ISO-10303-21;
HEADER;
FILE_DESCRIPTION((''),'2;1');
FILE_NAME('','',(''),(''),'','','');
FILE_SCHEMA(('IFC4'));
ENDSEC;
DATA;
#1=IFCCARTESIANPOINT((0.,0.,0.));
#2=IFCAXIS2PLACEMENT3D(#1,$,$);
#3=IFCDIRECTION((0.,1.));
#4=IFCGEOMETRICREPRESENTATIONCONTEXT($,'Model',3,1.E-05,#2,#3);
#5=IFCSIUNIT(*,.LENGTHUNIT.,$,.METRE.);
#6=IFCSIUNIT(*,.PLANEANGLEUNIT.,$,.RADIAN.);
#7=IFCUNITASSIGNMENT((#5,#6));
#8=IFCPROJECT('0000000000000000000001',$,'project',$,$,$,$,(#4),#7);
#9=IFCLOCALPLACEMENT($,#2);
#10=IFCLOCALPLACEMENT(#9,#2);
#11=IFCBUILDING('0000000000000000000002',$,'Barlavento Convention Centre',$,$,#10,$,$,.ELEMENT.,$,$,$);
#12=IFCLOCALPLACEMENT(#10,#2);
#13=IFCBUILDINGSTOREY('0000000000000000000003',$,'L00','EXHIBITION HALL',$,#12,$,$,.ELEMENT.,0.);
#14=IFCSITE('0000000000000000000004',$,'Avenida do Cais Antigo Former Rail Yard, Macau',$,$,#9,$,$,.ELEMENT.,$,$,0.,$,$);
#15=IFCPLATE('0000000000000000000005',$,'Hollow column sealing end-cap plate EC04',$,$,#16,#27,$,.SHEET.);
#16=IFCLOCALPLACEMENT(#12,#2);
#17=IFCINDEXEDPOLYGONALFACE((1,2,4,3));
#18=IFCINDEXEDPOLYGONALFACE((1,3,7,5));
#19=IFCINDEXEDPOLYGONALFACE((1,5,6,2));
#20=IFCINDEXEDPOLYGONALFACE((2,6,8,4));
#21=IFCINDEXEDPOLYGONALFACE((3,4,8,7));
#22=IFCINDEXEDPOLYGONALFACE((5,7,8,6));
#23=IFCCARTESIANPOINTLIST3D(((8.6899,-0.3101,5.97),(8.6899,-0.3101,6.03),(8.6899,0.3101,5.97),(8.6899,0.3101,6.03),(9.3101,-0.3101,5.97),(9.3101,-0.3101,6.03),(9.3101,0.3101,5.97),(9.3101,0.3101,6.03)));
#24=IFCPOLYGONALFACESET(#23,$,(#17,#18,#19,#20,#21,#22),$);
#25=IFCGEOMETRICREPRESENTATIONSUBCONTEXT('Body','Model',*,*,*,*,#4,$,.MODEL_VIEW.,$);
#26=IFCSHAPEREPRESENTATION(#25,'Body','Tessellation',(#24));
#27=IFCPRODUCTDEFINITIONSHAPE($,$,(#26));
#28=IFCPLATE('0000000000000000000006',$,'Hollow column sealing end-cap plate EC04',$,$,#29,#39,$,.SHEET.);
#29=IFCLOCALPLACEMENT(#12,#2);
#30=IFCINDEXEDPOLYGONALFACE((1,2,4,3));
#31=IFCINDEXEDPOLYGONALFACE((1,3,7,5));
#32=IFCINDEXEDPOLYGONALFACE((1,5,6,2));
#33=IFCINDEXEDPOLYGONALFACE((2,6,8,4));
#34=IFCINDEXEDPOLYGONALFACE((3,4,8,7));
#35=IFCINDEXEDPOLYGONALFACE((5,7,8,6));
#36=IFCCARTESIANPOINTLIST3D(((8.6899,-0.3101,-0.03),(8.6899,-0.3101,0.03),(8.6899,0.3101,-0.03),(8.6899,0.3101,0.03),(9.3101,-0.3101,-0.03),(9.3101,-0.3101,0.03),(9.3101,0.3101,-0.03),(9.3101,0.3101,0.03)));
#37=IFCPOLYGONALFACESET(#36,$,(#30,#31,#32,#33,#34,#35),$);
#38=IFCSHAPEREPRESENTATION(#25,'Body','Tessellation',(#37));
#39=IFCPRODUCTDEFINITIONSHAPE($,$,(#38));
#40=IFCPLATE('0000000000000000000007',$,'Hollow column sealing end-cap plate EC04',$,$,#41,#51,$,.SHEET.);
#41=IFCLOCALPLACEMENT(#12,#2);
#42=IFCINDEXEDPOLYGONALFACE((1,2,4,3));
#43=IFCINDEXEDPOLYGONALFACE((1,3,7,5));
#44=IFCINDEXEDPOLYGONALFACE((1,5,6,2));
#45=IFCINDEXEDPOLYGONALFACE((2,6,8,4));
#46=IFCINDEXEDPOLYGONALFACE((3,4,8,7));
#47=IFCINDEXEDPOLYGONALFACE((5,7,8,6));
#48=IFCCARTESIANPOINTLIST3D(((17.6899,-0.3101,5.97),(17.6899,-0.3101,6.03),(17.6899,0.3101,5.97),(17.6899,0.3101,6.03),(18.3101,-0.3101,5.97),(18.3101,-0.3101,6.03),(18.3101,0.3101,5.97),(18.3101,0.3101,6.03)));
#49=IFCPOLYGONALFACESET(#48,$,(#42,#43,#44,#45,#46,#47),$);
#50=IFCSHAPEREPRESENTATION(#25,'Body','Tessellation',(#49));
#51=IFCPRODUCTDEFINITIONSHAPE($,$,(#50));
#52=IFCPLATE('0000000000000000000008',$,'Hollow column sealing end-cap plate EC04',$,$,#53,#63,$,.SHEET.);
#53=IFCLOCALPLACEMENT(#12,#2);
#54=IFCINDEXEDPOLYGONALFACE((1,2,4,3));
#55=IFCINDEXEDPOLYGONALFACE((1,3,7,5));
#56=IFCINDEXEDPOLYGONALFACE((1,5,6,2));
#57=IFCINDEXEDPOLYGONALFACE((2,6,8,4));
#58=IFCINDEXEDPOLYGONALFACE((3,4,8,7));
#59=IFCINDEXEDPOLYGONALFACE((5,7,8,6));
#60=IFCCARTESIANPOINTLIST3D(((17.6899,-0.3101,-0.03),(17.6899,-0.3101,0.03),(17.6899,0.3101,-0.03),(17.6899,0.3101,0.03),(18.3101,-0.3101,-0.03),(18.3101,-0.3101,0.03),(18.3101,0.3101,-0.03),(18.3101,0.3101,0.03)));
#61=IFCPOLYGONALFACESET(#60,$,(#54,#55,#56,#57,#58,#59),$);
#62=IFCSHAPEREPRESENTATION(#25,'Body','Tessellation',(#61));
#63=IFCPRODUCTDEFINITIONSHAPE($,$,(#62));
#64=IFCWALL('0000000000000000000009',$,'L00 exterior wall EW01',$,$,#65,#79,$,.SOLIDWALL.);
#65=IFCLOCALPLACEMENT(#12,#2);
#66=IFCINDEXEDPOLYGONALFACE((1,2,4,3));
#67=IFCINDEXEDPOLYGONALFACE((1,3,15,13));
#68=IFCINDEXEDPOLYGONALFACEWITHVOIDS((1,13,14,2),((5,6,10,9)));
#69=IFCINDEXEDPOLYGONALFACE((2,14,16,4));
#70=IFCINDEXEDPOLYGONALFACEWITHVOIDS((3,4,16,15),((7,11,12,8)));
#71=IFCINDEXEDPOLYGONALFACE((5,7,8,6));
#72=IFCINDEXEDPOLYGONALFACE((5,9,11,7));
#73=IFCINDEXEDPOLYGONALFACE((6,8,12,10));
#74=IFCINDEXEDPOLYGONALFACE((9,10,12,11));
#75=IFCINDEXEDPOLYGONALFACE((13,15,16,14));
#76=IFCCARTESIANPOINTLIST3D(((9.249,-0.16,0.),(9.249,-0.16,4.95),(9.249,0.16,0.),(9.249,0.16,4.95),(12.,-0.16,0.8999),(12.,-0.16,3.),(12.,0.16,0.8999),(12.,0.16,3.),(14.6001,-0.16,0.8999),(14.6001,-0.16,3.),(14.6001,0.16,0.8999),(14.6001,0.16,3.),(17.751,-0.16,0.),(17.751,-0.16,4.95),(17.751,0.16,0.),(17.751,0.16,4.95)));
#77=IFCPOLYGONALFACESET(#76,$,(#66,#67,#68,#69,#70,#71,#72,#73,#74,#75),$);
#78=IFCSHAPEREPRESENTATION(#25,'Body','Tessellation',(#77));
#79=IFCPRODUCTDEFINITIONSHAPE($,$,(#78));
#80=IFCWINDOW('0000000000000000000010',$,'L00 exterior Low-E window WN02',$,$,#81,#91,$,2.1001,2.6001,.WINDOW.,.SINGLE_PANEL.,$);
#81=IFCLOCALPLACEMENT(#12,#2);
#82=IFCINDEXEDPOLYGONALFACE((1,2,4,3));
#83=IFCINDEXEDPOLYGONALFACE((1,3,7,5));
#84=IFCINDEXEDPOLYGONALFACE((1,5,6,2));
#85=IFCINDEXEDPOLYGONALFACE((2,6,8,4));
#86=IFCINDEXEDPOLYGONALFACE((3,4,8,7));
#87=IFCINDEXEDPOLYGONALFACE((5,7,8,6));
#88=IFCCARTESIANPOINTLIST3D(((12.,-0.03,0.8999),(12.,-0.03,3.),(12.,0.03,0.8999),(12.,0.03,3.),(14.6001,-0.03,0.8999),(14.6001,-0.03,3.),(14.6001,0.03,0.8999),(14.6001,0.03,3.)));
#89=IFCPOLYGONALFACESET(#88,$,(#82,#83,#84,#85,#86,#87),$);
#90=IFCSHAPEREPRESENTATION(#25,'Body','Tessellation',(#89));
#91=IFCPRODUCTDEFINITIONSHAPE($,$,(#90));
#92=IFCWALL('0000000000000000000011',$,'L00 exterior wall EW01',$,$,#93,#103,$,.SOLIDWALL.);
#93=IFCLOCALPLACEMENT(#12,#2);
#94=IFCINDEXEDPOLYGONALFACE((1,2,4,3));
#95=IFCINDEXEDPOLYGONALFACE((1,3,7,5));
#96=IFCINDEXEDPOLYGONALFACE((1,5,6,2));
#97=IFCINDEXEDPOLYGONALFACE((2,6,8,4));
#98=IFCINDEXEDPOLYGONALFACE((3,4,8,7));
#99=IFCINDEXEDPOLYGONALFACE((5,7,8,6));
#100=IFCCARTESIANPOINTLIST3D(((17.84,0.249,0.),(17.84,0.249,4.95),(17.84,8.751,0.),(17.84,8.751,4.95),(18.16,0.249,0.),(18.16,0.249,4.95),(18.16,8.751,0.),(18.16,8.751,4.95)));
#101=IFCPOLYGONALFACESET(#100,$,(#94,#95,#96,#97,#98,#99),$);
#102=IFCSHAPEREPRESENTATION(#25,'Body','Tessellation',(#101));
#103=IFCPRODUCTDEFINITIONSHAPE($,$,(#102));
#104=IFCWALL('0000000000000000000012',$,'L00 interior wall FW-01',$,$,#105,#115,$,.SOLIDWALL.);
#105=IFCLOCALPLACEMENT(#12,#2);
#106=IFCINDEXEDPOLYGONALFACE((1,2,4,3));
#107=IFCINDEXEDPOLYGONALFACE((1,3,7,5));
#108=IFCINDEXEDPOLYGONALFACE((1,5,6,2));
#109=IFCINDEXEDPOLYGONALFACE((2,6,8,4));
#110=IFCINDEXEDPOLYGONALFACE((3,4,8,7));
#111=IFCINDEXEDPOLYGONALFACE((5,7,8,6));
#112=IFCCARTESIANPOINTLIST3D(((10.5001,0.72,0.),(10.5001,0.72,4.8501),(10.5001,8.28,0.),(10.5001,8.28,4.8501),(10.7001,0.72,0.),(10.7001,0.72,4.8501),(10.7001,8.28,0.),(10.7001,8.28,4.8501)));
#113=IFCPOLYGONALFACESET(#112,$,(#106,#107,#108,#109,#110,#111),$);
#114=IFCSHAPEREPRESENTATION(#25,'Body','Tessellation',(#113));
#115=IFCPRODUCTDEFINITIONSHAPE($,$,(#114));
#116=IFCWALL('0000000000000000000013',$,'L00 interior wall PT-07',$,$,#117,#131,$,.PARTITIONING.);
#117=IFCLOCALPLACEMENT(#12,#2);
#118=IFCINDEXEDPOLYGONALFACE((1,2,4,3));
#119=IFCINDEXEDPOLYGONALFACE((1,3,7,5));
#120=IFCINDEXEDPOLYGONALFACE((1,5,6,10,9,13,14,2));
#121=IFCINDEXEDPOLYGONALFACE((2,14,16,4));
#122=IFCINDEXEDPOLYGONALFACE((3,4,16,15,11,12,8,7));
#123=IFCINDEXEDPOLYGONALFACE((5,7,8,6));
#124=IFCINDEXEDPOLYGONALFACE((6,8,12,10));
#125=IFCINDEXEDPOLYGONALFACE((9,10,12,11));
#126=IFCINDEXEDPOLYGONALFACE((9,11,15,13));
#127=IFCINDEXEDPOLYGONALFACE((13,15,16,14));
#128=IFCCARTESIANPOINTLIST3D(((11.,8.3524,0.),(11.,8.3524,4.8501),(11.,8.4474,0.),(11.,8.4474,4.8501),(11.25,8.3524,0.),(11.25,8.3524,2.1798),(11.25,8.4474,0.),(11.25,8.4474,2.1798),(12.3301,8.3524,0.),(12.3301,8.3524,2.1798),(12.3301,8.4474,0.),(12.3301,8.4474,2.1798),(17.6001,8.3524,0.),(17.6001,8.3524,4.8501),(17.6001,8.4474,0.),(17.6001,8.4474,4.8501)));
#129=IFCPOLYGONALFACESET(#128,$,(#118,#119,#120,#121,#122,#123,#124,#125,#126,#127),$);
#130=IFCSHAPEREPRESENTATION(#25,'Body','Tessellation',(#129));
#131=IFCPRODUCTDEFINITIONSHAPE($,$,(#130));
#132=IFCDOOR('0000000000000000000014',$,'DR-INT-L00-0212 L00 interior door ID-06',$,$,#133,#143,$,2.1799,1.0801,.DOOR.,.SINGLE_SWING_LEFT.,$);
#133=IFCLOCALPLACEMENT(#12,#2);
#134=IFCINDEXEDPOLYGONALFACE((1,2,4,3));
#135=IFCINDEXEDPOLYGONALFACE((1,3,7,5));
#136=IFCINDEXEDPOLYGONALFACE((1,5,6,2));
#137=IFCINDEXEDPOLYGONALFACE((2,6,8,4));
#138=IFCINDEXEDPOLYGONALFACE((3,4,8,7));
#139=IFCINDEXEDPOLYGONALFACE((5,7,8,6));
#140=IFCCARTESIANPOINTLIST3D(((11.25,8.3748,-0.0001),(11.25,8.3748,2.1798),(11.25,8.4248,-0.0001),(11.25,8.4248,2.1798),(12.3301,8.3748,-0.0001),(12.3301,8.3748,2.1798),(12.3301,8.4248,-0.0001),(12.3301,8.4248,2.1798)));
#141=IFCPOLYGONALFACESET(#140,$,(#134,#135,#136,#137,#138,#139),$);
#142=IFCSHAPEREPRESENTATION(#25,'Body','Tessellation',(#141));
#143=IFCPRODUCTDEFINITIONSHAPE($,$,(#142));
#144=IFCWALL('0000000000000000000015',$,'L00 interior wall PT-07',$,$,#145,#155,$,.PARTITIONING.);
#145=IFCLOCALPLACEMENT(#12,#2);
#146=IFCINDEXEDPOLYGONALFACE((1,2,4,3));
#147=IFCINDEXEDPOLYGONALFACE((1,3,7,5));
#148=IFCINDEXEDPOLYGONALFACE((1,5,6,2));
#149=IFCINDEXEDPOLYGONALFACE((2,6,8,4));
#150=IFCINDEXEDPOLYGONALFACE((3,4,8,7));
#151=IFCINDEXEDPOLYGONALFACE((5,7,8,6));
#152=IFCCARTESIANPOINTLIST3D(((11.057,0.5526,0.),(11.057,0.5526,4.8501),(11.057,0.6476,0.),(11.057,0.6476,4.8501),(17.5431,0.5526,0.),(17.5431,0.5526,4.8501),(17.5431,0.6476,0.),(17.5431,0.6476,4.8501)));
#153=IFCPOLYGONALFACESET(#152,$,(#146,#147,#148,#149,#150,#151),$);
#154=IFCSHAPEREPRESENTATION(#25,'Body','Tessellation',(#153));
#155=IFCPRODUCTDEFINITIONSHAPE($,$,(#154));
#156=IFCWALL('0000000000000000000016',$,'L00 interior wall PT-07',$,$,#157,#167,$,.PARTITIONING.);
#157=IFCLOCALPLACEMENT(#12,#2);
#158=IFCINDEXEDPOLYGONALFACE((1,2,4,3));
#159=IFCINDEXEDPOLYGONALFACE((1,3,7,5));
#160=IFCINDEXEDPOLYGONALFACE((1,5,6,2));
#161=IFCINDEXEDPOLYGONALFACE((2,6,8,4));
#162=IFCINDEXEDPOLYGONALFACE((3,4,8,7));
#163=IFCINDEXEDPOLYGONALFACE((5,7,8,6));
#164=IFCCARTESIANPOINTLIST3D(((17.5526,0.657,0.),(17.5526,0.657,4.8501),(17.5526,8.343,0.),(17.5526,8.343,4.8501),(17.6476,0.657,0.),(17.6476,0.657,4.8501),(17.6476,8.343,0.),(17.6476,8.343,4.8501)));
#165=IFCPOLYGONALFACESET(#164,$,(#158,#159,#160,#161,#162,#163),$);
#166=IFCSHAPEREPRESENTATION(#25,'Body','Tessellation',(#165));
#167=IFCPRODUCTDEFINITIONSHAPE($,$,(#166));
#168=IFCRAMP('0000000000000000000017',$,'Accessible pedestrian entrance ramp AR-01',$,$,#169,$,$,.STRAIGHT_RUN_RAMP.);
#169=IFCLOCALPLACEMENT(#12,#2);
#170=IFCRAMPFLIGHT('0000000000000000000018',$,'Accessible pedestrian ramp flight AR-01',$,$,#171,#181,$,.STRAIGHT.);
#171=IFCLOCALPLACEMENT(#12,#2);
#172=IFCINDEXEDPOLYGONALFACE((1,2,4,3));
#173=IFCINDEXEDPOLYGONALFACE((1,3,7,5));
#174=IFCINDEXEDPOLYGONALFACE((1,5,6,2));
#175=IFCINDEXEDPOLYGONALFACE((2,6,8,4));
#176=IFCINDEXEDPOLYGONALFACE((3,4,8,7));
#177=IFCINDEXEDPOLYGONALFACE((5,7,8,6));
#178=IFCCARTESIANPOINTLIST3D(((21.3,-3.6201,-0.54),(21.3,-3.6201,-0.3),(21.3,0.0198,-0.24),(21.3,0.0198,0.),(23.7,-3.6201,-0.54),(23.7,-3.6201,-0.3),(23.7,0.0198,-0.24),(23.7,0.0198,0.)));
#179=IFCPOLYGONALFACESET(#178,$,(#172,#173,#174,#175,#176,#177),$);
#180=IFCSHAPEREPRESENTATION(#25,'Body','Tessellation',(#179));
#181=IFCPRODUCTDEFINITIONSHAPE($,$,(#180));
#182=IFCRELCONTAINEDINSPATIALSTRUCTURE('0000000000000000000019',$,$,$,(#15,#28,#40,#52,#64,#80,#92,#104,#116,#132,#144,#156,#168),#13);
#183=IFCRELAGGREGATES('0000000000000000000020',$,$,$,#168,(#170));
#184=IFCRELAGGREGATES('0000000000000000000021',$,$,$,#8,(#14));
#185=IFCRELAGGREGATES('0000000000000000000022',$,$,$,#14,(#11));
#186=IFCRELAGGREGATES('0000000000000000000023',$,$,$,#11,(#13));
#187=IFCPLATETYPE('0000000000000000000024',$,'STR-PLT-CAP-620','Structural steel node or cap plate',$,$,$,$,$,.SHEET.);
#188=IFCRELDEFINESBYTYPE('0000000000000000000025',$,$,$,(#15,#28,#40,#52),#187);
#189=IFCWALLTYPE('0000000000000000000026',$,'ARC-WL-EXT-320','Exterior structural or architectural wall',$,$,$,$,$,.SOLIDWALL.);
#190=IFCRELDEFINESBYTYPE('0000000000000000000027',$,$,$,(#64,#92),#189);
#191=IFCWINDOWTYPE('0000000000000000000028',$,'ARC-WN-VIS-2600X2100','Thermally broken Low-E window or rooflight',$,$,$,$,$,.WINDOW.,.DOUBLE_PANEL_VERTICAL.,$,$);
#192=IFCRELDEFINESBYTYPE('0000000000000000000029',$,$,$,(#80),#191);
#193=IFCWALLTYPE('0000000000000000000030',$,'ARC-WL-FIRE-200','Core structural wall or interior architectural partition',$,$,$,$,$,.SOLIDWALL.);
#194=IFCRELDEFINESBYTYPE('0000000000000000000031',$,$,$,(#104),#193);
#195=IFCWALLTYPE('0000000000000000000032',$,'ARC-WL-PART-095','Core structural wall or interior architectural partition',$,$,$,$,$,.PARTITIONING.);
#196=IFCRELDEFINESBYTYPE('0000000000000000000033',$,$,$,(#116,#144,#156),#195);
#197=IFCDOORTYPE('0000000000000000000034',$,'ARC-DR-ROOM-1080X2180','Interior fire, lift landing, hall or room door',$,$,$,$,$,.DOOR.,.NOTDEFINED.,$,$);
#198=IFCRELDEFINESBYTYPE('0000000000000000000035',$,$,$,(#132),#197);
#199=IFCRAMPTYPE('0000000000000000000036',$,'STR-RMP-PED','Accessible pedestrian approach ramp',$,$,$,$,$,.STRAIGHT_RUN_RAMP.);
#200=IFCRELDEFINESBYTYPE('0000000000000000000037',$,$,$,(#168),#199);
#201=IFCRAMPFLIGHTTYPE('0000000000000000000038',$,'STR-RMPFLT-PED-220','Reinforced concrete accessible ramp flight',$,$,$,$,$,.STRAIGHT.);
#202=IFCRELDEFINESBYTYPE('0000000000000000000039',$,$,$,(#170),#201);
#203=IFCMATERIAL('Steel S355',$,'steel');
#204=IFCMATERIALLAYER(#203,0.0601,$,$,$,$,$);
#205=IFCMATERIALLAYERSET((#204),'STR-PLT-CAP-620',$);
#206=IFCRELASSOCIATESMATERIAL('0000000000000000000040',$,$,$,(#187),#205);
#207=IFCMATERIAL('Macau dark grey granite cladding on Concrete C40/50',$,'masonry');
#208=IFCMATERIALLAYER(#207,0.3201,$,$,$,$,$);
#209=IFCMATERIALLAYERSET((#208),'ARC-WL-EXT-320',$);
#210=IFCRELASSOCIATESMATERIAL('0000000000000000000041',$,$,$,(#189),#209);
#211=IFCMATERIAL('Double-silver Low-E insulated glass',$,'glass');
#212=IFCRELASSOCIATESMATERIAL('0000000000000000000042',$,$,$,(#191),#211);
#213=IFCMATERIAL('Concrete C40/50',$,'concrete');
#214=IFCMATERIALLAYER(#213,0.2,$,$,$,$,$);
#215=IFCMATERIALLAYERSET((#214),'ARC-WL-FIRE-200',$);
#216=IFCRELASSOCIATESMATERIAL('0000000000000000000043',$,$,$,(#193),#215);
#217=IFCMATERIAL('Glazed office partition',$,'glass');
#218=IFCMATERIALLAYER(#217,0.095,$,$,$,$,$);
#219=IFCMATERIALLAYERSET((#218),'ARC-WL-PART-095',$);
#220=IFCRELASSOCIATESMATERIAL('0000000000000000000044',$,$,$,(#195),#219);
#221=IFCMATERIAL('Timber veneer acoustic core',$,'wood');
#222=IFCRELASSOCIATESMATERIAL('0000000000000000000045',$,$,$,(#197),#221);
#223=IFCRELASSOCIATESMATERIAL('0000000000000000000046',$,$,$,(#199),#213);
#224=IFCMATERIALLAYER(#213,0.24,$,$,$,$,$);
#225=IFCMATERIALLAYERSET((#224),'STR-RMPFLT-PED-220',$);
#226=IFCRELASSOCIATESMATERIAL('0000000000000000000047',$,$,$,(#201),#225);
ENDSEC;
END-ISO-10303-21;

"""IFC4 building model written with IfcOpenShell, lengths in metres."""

from ifc_helpers import new_model, si_unit, direction, frame, frame_2d, origin, origin_2d, place, context, subcontext, project, spatial, polyline, rectangle, outline, extrude, material, layer, layer_set, type_object, element, fill, aggregate, save


model = new_model("IFC4")

# Units and contexts
model_context = context("Model", 3, precision=1e-05, world=origin(), true_north=direction((0.0, 1.0)))
body_context = subcontext(model_context, "Body", "Model", "MODEL_VIEW")
ifc_project = project(units=[si_unit("LENGTHUNIT", "METRE"), si_unit("PLANEANGLEUNIT", "RADIAN")], contexts=[model_context])

# Site, building, storey
site_placement = place(None, origin())
site = spatial("IfcSite", under=ifc_project, at=site_placement, Name="Avenida do Cais Antigo Former Rail Yard, Macau", CompositionType="ELEMENT", RefElevation=0.0)
building_placement = place(site_placement, origin())
building = spatial("IfcBuilding", under=site, at=building_placement, Name="Barlavento Convention Centre", CompositionType="ELEMENT")
storey_placement = place(building_placement, origin())
storey = spatial("IfcBuildingStorey", under=building, at=storey_placement, Name="L00", Description="EXHIBITION HALL", CompositionType="ELEMENT", Elevation=0.0)

# Shared definitions
ifc_material_1 = material(Name="Steel S355", Category="steel")

# Plates
ifc_layer_1 = layer(ifc_material_1, 0.0601)
ifc_layer_set_1 = layer_set([ifc_layer_1], Name="STR-PLT-CAP-620")
plate_type = type_object("IfcPlateType", Name="STR-PLT-CAP-620", Description="Structural steel node or cap plate", PredefinedType="SHEET", material=ifc_layer_set_1)
for number, where, z_axis, x_axis, name in (
    (1, (9.0, 0.0, 5.97), (0.0, 0.0, 1.0), (1.0, 0.0, 0.0), "Hollow column sealing end-cap plate EC04"),
    (2, (9.0, 0.0, -0.03), (0.0, 0.0, 1.0), (1.0, 0.0, 0.0), "Hollow column sealing end-cap plate EC04"),
    (3, (18.0, 0.0, 5.97), (0.0, 0.0, 1.0), (1.0, 0.0, 0.0), "Hollow column sealing end-cap plate EC04"),
    (4, (18.0, 0.0, -0.03), (0.0, 0.0, 1.0), (1.0, 0.0, 0.0), "Hollow column sealing end-cap plate EC04"),
):
    element("IfcPlate", number, at=place(storey_placement, frame(where, z_axis=z_axis, x_axis=x_axis)), inside=storey, type_object=plate_type, Name=name, PredefinedType="SHEET", context=body_context, shape_type="SweptSolid", body=[
        extrude(rectangle(XDim=0.6201, YDim=0.6201, at=origin_2d()), origin(), (0.0, 0.0, 1.0), 0.0601),
    ])

# Wall, opening, window
ifc_material_2 = material(Name="Macau dark grey granite cladding on Concrete C40/50", Category="masonry")
ifc_layer_2 = layer(ifc_material_2, 0.3201)
ifc_layer_set_2 = layer_set([ifc_layer_2], Name="ARC-WL-EXT-320")
wall_type_1 = type_object("IfcWallType", Name="ARC-WL-EXT-320", Description="Exterior structural or architectural wall", PredefinedType="SOLIDWALL", material=ifc_layer_set_2)
wall_1_placement = place(storey_placement, frame((9.249, 0.0, 0.0), z_axis=(0.0, 0.0, 1.0), x_axis=(1.0, 0.0, 0.0)))
wall_1 = element("IfcWall", 5, at=wall_1_placement, inside=storey, type_object=wall_type_1, Name="L00 exterior wall EW01", PredefinedType="SOLIDWALL", context=body_context, shape_type="SweptSolid", body=[
    extrude(rectangle(XDim=8.502, YDim=0.3201, at=frame_2d((4.251, 0.0))), origin(), (0.0, 0.0, 1.0), 4.95),
])
opening_1_placement = place(wall_1_placement, frame((2.751, 0.0, 0.8999)))
opening_1 = element("IfcOpeningElement", 6, at=opening_1_placement, cuts=wall_1, PredefinedType="OPENING", context=body_context, shape_type="SweptSolid", body=[
    extrude(rectangle(XDim=2.6001, YDim=2.1001, at=frame_2d((1.3, 1.05))), frame((0.0, 0.1699, 0.0), z_axis=(0.0, -1.0, 0.0), x_axis=(1.0, 0.0, 0.0)), (0.0, 0.0, 1.0), 0.3401),
])
ifc_material_3 = material(Name="Double-silver Low-E insulated glass", Category="glass")
window_type = type_object("IfcWindowType", Name="ARC-WN-VIS-2600X2100", Description="Thermally broken Low-E window or rooflight", PartitioningType="DOUBLE_PANEL_VERTICAL", PredefinedType="WINDOW", material=ifc_material_3)
window_placement = place(opening_1_placement, origin())
window = element("IfcWindow", 7, at=window_placement, inside=storey, type_object=window_type, Name="L00 exterior Low-E window WN02", OverallHeight=2.1001, OverallWidth=2.6001, PartitioningType="SINGLE_PANEL", PredefinedType="WINDOW", context=body_context, shape_type="SweptSolid", body=[
    extrude(rectangle(XDim=2.6001, YDim=2.1001, at=frame_2d((1.3, 1.05))), frame((0.0, 0.03, 0.0), z_axis=(0.0, -1.0, 0.0), x_axis=(1.0, 0.0, 0.0)), (0.0, 0.0, 1.0), 0.0601),
])
fill(opening_1, window)

# Walls
wall_2_placement = place(storey_placement, frame((18.0, 0.249, 0.0), z_axis=(0.0, 0.0, 1.0), x_axis=(0.0, 1.0, 0.0)))
element("IfcWall", 8, at=wall_2_placement, inside=storey, type_object=wall_type_1, Name="L00 exterior wall EW01", PredefinedType="SOLIDWALL", context=body_context, shape_type="SweptSolid", body=[
    extrude(rectangle(XDim=8.502, YDim=0.3201, at=frame_2d((4.251, 0.0))), origin(), (0.0, 0.0, 1.0), 4.95),
])
ifc_material_4 = material(Name="Concrete C40/50", Category="concrete")
ifc_layer_3 = layer(ifc_material_4, 0.2)
ifc_layer_set_3 = layer_set([ifc_layer_3], Name="ARC-WL-FIRE-200")
wall_type_2 = type_object("IfcWallType", Name="ARC-WL-FIRE-200", Description="Core structural wall or interior architectural partition", PredefinedType="SOLIDWALL", material=ifc_layer_set_3)
wall_3_placement = place(storey_placement, frame((10.6001, 0.72, 0.0), z_axis=(0.0, 0.0, 1.0), x_axis=(0.0, 1.0, 0.0)))
element("IfcWall", 9, at=wall_3_placement, inside=storey, type_object=wall_type_2, Name="L00 interior wall FW-01", PredefinedType="SOLIDWALL", context=body_context, shape_type="SweptSolid", body=[
    extrude(rectangle(XDim=7.5601, YDim=0.2, at=frame_2d((3.78, 0.0))), origin(), (0.0, 0.0, 1.0), 4.8501),
])

# Wall, opening, door
ifc_material_5 = material(Name="Glazed office partition", Category="glass")
ifc_layer_4 = layer(ifc_material_5, 0.095)
ifc_layer_set_4 = layer_set([ifc_layer_4], Name="ARC-WL-PART-095")
wall_type_3 = type_object("IfcWallType", Name="ARC-WL-PART-095", Description="Core structural wall or interior architectural partition", PredefinedType="PARTITIONING", material=ifc_layer_set_4)
wall_4_placement = place(storey_placement, frame((11.0, 8.3999, 0.0), z_axis=(0.0, 0.0, 1.0), x_axis=(1.0, 0.0, 0.0)))
wall_4 = element("IfcWall", 10, at=wall_4_placement, inside=storey, type_object=wall_type_3, Name="L00 interior wall PT-07", PredefinedType="PARTITIONING", context=body_context, shape_type="SweptSolid", body=[
    extrude(rectangle(XDim=6.6001, YDim=0.095, at=frame_2d((3.3, 0.0))), origin(), (0.0, 0.0, 1.0), 4.8501),
])
opening_2_placement = place(wall_4_placement, frame((0.25, 0.0, 0.0)))
opening_2 = element("IfcOpeningElement", 11, at=opening_2_placement, cuts=wall_4, PredefinedType="OPENING", context=body_context, shape_type="SweptSolid", body=[
    extrude(rectangle(XDim=1.0801, YDim=2.1799, at=frame_2d((0.54, 1.0898))), frame((0.0, 0.0574, 0.0), z_axis=(0.0, -1.0, 0.0), x_axis=(1.0, 0.0, 0.0)), (0.0, 0.0, 1.0), 0.115),
])
ifc_material_6 = material(Name="Timber veneer acoustic core", Category="wood")
door_type = type_object("IfcDoorType", Name="ARC-DR-ROOM-1080X2180", Description="Interior fire, lift landing, hall or room door", OperationType="NOTDEFINED", PredefinedType="DOOR", material=ifc_material_6)
door_placement = place(opening_2_placement, origin())
door = element("IfcDoor", 12, at=door_placement, inside=storey, type_object=door_type, Name="DR-INT-L00-0212 L00 interior door ID-06", OperationType="SINGLE_SWING_LEFT", OverallHeight=2.1799, OverallWidth=1.0801, PredefinedType="DOOR", context=body_context, shape_type="SweptSolid", body=[
    extrude(rectangle(XDim=1.0801, YDim=2.1799, at=frame_2d((0.54, 1.0898))), frame((0.0, 0.0249, 0.0), z_axis=(0.0, -1.0, 0.0), x_axis=(1.0, 0.0, 0.0)), (0.0, 0.0, 1.0), 0.05),
])
fill(opening_2, door)

# Walls
wall_5_placement = place(storey_placement, frame((11.0569, 0.6001, 0.0), z_axis=(0.0, 0.0, 1.0), x_axis=(1.0, 0.0, 0.0)))
element("IfcWall", 13, at=wall_5_placement, inside=storey, type_object=wall_type_3, Name="L00 interior wall PT-07", PredefinedType="PARTITIONING", context=body_context, shape_type="SweptSolid", body=[
    extrude(rectangle(XDim=6.4861, YDim=0.095, at=frame_2d((3.2432, 0.0))), origin(), (0.0, 0.0, 1.0), 4.8501),
])
wall_6_placement = place(storey_placement, frame((17.6001, 0.657, 0.0), z_axis=(0.0, 0.0, 1.0), x_axis=(0.0, 1.0, 0.0)))
element("IfcWall", 14, at=wall_6_placement, inside=storey, type_object=wall_type_3, Name="L00 interior wall PT-07", PredefinedType="PARTITIONING", context=body_context, shape_type="SweptSolid", body=[
    extrude(rectangle(XDim=7.686, YDim=0.095, at=frame_2d((3.843, 0.0))), origin(), (0.0, 0.0, 1.0), 4.8501),
])

# Ramp, ramp flight
ramp_type = type_object("IfcRampType", Name="STR-RMP-PED", Description="Accessible pedestrian approach ramp", PredefinedType="STRAIGHT_RUN_RAMP", material=ifc_material_4)
ramp_placement = place(storey_placement, origin())
ramp = element("IfcRamp", 15, at=ramp_placement, inside=storey, type_object=ramp_type, Name="Accessible pedestrian entrance ramp AR-01", PredefinedType="STRAIGHT_RUN_RAMP")
ifc_layer_5 = layer(ifc_material_4, 0.24)
ifc_layer_set_5 = layer_set([ifc_layer_5], Name="STR-RMPFLT-PED-220")
ramp_flight_type = type_object("IfcRampFlightType", Name="STR-RMPFLT-PED-220", Description="Reinforced concrete accessible ramp flight", PredefinedType="STRAIGHT", material=ifc_layer_set_5)
ramp_flight_placement = place(storey_placement, frame((22.5, -3.6201, -0.3), z_axis=(0.0, 0.0, 1.0), x_axis=(0.0, 1.0, 0.0)))
ramp_flight = element("IfcRampFlight", 16, at=ramp_flight_placement, type_object=ramp_flight_type, Name="Accessible pedestrian ramp flight AR-01", PredefinedType="STRAIGHT", context=body_context, shape_type="SweptSolid", body=[
    extrude(outline(polyline([(0.0, -0.24), (3.6399, 0.0601), (3.6399, 0.3), (0.0, 0.0), (0.0, -0.24)])), frame((0.0, 1.2, 0.0), z_axis=(0.0, -1.0, 0.0), x_axis=(1.0, 0.0, 0.0)), (0.0, 0.0, 1.0), 2.3999),
])
aggregate(ramp, [ramp_flight])

save(model, "model.ifc")
